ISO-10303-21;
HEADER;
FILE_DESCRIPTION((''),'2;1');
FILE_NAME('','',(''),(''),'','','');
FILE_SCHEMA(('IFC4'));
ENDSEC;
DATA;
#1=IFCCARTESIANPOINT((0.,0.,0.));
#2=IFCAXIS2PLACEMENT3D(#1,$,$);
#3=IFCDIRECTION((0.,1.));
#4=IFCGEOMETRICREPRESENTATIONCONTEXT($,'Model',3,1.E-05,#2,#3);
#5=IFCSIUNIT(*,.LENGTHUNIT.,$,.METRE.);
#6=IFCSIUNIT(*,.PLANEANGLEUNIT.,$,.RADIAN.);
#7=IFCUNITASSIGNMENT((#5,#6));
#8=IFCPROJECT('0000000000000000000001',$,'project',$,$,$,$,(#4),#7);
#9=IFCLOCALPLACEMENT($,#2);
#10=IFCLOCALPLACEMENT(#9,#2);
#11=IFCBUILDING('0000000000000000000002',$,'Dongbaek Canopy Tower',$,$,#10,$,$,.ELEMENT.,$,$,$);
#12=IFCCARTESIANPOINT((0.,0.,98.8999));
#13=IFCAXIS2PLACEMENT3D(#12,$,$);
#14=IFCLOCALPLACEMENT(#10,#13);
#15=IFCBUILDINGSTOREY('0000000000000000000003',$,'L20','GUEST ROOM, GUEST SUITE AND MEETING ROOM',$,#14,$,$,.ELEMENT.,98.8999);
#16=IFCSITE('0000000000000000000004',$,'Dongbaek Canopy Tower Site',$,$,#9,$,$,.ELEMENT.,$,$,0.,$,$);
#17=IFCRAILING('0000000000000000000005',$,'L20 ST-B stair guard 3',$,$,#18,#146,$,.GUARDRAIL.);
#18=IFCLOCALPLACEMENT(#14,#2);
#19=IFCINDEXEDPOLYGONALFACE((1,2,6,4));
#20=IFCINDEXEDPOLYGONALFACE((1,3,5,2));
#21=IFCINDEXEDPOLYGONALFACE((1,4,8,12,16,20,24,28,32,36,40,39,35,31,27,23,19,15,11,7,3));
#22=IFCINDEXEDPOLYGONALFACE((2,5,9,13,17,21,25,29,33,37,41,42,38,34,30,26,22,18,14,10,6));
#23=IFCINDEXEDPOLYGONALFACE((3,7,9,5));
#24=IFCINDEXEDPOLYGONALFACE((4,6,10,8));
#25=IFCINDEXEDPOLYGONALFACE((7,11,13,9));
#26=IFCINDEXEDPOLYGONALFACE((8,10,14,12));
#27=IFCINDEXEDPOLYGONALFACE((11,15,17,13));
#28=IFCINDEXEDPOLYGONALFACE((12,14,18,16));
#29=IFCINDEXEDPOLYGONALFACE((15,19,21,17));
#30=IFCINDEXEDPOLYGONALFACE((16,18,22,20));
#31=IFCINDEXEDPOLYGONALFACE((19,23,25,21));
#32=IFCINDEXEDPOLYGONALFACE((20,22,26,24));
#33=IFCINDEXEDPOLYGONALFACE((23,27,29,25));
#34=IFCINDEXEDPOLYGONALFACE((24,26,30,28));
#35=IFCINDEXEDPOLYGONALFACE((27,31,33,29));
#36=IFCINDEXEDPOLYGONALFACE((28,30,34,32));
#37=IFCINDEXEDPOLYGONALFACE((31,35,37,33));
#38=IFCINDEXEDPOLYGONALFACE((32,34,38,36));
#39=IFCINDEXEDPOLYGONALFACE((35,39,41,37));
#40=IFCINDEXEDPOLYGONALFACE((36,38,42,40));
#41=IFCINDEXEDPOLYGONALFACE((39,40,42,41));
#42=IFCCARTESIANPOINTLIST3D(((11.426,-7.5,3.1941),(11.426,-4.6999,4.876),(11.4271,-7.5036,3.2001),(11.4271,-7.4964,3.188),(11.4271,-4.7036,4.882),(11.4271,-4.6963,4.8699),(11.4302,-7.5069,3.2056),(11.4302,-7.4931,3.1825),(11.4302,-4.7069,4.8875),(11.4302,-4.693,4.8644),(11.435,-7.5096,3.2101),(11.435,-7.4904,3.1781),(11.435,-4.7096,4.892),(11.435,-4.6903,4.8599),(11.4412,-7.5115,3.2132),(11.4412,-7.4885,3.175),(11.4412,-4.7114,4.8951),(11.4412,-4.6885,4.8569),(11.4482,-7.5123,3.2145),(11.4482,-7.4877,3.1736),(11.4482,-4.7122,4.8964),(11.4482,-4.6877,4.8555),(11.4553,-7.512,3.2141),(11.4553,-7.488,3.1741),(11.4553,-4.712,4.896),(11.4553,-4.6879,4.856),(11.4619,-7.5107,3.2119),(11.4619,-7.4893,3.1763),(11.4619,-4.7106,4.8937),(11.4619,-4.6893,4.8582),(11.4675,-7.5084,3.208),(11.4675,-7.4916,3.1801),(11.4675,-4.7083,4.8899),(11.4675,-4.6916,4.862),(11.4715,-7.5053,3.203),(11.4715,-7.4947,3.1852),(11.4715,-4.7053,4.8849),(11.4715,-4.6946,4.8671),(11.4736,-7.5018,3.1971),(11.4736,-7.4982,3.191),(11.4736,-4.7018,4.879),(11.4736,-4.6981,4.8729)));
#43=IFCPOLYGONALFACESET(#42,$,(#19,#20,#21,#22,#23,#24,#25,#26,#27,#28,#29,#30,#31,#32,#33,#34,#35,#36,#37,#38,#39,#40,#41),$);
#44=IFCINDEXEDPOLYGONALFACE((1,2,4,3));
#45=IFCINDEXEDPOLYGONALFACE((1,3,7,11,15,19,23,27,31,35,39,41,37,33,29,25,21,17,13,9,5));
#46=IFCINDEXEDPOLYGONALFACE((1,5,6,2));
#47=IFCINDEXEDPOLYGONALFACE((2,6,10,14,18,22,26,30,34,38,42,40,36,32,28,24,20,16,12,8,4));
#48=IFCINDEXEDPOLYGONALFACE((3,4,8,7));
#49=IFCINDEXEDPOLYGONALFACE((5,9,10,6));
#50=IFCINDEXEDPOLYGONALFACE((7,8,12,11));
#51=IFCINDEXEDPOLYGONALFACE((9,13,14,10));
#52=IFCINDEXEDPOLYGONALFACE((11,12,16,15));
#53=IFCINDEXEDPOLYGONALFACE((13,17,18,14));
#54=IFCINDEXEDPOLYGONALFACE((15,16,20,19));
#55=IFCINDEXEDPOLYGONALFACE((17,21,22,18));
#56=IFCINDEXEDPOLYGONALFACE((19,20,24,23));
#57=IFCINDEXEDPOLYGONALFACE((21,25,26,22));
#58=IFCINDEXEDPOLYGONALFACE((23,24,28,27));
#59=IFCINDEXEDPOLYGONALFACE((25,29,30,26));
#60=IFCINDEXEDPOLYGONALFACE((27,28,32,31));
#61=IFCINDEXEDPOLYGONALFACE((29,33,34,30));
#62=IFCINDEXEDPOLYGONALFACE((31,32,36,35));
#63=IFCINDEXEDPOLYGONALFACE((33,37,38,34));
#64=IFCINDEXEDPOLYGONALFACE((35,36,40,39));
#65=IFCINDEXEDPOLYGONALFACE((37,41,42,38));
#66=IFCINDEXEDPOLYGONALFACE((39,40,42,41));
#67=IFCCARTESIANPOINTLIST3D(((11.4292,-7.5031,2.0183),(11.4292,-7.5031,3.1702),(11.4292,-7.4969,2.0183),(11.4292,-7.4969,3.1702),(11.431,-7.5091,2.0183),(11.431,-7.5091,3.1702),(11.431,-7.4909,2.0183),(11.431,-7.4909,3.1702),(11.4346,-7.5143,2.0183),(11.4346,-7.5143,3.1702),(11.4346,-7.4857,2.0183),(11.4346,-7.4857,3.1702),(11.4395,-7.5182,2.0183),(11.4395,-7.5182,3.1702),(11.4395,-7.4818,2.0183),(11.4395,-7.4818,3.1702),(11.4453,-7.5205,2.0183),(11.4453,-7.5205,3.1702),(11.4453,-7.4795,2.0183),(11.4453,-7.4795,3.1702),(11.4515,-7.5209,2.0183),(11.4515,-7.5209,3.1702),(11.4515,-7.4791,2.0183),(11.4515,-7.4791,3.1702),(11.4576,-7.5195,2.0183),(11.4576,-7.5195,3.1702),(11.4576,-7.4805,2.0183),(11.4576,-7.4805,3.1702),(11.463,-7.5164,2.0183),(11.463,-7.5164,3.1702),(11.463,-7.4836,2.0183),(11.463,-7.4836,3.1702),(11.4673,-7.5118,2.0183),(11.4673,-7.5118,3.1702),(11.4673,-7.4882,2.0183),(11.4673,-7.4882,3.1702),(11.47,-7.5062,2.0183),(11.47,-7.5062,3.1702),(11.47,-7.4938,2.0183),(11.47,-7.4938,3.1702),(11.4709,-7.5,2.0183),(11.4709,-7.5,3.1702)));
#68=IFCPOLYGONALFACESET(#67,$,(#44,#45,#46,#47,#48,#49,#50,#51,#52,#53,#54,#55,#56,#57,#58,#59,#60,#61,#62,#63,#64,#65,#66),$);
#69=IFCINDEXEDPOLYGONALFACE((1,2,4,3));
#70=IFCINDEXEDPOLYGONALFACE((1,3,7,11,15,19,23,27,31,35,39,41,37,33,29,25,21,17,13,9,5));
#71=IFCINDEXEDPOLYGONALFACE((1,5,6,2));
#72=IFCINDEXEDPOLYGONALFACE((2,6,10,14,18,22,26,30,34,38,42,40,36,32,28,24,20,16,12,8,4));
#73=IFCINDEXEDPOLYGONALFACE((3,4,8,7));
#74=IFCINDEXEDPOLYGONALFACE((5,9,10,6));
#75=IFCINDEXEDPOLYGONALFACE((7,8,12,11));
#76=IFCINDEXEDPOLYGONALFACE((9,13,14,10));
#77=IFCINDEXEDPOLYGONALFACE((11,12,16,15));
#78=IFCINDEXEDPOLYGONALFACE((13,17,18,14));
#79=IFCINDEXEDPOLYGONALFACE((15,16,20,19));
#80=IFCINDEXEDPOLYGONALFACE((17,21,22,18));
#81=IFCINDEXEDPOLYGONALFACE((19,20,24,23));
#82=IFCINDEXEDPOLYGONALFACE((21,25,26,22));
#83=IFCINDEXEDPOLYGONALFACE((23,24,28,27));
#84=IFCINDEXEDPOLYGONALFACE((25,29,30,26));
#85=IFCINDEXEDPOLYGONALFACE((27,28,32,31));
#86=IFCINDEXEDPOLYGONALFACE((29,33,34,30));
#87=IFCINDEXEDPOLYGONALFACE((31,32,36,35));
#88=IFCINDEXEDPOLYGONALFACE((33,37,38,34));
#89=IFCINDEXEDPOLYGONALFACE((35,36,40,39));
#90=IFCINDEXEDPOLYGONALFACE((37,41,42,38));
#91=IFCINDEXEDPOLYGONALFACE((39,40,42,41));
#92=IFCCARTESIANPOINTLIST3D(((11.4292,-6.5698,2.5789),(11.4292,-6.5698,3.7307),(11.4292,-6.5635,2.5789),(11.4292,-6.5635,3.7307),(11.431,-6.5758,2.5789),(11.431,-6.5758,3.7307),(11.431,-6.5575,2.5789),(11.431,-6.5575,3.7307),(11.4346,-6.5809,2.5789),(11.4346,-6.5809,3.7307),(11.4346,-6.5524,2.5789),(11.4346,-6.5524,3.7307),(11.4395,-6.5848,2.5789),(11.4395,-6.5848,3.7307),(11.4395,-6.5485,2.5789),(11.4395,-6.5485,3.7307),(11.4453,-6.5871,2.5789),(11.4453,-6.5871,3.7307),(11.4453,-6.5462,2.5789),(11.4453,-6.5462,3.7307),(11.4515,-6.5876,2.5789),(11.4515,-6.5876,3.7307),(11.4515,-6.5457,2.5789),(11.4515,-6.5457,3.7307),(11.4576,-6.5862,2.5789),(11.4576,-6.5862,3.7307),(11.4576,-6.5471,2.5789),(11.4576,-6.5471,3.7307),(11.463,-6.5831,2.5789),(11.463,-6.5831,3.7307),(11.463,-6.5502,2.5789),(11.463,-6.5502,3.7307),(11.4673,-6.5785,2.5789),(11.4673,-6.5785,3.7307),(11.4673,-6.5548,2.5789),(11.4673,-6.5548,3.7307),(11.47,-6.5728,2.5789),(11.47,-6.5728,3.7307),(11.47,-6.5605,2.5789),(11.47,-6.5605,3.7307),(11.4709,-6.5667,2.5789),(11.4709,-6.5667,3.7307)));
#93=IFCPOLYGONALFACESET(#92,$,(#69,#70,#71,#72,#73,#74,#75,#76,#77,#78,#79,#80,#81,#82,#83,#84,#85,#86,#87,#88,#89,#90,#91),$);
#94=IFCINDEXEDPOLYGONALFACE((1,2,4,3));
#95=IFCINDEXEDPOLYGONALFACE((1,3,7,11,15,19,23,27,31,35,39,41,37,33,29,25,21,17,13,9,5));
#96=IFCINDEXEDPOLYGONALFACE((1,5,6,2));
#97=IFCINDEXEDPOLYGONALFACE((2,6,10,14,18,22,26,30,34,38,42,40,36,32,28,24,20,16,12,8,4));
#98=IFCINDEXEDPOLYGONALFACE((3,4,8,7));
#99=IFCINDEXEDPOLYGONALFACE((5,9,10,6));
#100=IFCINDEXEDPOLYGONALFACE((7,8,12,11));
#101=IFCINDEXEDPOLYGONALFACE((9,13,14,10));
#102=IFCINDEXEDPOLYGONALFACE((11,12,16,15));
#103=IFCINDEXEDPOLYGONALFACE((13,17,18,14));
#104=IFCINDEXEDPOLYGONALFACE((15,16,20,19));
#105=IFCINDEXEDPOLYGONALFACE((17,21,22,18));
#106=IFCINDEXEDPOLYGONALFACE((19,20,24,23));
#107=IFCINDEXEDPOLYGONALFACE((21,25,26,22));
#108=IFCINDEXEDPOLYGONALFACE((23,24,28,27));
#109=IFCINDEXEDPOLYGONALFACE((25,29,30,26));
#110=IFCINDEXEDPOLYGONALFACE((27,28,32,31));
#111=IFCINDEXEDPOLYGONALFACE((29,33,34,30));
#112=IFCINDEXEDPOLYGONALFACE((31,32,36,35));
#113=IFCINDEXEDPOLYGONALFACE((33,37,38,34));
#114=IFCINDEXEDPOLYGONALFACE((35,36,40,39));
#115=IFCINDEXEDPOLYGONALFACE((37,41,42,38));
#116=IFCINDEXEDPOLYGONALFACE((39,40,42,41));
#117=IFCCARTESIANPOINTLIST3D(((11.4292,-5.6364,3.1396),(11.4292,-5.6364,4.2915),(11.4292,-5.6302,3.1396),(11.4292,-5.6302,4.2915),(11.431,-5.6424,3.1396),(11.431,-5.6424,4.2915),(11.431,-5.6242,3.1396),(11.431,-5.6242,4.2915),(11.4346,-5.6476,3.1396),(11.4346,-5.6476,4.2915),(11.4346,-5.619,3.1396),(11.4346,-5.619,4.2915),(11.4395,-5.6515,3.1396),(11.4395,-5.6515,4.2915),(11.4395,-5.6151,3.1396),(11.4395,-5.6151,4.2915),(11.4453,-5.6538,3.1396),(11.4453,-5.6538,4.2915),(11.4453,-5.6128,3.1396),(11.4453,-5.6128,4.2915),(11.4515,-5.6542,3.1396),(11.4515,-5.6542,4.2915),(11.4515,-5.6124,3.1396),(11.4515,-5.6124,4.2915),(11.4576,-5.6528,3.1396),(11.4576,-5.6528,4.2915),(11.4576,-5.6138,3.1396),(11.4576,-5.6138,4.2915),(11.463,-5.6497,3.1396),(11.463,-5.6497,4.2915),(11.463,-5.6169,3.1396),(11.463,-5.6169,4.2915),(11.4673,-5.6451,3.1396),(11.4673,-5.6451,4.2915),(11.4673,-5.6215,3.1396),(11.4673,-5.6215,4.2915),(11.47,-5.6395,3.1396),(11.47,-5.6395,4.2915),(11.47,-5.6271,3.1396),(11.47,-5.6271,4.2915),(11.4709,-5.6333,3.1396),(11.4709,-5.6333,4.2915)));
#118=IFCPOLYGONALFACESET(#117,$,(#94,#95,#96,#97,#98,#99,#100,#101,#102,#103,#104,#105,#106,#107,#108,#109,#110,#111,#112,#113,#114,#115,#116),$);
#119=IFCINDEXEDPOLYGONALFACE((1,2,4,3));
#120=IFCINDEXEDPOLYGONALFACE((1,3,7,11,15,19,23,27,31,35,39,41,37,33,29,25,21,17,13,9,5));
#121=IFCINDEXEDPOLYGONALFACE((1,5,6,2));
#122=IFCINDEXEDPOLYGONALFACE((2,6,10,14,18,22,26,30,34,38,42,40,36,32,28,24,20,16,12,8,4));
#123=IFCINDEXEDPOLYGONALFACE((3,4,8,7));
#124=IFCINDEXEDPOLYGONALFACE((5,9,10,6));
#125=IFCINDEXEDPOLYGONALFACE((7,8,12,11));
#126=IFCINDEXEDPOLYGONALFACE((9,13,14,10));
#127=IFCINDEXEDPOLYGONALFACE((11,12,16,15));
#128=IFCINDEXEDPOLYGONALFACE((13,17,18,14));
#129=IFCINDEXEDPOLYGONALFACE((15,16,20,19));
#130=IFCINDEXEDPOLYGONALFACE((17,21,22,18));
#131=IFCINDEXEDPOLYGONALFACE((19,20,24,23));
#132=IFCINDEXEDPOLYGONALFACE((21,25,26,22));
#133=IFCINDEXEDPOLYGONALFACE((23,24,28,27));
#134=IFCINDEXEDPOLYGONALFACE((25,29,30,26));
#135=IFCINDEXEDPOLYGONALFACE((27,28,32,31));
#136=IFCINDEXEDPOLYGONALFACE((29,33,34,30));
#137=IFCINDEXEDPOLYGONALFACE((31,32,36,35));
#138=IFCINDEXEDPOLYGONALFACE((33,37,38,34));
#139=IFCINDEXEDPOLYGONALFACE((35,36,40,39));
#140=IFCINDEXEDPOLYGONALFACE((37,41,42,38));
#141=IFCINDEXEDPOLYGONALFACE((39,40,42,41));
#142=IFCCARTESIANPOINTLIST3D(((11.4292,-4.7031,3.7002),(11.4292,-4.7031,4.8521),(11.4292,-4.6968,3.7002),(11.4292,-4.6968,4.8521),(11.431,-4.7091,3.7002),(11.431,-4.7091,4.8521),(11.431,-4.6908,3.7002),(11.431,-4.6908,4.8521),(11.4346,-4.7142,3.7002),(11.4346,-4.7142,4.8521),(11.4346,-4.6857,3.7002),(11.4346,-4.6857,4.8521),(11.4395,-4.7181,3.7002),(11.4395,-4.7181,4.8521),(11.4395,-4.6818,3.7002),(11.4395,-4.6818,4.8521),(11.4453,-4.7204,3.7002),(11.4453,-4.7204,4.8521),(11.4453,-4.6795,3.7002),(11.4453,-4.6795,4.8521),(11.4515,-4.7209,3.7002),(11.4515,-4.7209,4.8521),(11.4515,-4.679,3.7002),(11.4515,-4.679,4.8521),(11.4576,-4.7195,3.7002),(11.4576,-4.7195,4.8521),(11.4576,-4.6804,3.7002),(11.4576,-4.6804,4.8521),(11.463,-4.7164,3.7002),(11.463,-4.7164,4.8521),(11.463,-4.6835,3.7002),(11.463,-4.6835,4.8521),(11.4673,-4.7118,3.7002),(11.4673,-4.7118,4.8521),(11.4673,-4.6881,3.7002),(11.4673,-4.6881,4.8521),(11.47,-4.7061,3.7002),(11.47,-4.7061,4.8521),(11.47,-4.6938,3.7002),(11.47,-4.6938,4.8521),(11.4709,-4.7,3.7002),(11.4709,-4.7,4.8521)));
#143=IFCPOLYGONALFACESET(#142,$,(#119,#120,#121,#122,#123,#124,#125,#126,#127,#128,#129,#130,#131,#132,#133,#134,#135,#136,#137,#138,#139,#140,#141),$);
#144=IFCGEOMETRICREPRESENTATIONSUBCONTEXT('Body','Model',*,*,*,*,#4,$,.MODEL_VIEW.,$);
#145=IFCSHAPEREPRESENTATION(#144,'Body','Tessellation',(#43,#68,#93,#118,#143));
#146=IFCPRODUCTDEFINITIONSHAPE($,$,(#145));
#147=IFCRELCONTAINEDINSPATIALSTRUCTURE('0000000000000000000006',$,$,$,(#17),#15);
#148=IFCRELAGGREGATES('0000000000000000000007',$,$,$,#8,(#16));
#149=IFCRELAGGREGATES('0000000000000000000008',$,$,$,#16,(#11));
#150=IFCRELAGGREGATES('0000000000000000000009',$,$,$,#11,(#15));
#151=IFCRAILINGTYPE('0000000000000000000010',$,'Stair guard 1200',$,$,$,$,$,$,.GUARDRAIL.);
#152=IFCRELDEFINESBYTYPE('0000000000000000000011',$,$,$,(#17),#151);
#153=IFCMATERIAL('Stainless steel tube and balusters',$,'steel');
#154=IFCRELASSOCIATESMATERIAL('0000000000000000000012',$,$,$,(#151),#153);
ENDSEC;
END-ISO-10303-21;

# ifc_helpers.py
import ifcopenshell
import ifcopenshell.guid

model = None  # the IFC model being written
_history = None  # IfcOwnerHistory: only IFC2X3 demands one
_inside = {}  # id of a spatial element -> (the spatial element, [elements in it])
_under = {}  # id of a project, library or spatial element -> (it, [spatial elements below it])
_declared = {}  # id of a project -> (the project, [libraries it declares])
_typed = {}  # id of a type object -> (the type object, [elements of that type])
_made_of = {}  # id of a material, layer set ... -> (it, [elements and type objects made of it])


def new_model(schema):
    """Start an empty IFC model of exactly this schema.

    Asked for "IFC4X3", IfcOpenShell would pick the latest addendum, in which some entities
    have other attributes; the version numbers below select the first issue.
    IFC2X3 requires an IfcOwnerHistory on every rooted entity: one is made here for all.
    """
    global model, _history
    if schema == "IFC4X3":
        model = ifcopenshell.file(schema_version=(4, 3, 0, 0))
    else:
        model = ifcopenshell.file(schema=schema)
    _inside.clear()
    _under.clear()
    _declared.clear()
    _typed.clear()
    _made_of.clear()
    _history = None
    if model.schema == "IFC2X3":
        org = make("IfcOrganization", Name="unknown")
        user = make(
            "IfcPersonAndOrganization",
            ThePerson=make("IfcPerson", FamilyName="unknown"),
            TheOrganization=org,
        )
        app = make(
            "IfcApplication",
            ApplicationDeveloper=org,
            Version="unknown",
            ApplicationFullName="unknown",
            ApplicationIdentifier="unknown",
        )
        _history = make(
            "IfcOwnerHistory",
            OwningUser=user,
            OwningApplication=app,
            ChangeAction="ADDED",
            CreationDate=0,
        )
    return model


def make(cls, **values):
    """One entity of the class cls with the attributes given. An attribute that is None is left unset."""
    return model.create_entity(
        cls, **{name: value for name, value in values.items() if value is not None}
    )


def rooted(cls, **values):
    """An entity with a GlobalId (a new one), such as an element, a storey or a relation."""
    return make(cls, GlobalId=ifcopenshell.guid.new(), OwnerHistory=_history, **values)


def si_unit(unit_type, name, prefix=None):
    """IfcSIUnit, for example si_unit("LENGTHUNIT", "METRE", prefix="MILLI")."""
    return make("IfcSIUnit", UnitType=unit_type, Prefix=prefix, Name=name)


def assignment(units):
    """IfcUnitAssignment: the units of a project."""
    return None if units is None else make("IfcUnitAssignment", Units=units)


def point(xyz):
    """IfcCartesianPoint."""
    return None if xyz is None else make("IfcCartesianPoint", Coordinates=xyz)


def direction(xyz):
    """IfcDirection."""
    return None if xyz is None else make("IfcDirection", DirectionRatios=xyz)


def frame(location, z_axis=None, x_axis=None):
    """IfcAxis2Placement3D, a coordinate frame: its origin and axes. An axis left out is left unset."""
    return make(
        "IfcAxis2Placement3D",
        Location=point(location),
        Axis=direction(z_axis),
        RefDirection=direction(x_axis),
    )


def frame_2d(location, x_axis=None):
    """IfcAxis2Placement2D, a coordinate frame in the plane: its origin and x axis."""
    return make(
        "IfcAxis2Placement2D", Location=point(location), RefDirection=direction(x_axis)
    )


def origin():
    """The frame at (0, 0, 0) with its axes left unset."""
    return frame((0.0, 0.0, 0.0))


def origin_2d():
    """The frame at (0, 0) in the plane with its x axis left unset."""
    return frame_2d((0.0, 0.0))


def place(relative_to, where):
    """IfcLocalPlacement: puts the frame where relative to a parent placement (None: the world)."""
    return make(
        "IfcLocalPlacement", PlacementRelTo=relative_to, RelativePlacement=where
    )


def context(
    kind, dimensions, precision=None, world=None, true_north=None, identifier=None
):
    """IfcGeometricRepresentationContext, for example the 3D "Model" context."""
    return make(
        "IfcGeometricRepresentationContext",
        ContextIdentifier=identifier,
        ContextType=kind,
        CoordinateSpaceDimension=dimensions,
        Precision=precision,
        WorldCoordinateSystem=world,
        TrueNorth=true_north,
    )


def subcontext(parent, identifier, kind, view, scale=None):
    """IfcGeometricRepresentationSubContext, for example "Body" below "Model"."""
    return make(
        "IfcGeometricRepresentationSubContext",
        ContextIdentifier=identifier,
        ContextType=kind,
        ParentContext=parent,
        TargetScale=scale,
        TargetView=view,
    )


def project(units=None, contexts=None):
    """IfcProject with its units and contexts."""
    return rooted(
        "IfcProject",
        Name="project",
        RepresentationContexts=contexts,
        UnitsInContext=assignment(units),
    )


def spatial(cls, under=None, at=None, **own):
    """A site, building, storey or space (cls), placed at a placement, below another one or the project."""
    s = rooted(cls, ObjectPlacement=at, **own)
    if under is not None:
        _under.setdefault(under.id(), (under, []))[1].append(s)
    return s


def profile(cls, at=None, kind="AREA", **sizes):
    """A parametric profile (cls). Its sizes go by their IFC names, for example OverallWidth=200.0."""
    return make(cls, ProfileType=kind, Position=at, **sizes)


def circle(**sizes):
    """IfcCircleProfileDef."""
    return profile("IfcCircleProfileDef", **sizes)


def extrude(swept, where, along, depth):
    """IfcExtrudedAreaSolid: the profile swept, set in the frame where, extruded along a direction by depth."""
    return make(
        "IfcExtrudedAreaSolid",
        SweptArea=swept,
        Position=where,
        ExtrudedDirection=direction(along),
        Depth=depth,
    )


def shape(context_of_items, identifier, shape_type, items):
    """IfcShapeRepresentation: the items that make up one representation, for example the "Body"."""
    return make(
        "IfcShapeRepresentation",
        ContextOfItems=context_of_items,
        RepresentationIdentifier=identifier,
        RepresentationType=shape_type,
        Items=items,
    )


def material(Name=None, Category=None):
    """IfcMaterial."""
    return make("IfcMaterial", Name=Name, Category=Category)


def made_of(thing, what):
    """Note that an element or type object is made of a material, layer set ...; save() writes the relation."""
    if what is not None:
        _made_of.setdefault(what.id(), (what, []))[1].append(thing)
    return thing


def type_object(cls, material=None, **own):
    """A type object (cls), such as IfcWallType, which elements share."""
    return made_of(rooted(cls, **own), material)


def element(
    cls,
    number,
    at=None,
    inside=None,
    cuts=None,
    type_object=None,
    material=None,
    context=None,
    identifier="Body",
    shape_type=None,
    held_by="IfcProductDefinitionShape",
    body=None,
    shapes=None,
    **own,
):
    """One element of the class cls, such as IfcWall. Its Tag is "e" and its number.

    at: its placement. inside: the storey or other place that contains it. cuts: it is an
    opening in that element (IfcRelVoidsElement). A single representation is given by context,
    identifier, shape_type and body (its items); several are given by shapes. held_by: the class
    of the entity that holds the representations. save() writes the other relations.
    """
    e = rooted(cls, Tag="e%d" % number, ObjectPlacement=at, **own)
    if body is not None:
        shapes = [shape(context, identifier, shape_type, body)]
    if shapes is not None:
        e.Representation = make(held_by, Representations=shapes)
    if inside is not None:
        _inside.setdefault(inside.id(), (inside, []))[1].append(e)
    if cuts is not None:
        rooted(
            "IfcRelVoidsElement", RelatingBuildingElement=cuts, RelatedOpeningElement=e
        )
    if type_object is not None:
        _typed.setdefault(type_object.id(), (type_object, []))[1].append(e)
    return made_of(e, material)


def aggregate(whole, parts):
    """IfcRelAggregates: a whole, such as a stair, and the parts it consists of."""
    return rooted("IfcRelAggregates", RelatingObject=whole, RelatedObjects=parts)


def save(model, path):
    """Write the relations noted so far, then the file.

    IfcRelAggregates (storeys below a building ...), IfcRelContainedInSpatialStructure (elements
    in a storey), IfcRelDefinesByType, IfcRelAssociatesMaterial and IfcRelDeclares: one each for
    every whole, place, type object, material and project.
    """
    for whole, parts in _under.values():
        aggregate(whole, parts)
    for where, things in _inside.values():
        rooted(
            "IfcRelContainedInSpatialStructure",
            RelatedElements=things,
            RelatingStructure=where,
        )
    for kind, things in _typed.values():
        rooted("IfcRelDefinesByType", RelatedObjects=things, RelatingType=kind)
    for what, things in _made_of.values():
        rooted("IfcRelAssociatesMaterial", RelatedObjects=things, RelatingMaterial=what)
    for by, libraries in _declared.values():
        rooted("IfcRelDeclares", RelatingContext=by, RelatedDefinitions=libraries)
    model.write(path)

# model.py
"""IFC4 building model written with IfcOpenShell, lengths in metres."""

from ifc_helpers import new_model, si_unit, direction, frame, origin, origin_2d, place, context, subcontext, project, spatial, circle, extrude, material, type_object, element, save


model = new_model("IFC4")

# Units and contexts
model_context = context("Model", 3, precision=1e-05, world=origin(), true_north=direction((0.0, 1.0)))
body_context = subcontext(model_context, "Body", "Model", "MODEL_VIEW")
ifc_project = project(units=[si_unit("LENGTHUNIT", "METRE"), si_unit("PLANEANGLEUNIT", "RADIAN")], contexts=[model_context])

# Site, building, storey
site_placement = place(None, origin())
site = spatial("IfcSite", under=ifc_project, at=site_placement, Name="Dongbaek Canopy Tower Site", CompositionType="ELEMENT", RefElevation=0.0)
building_placement = place(site_placement, origin())
building = spatial("IfcBuilding", under=site, at=building_placement, Name="Dongbaek Canopy Tower", CompositionType="ELEMENT")
storey_placement = place(building_placement, frame((0.0, 0.0, 98.8999)))
storey = spatial("IfcBuildingStorey", under=building, at=storey_placement, Name="L20", Description="GUEST ROOM, GUEST SUITE AND MEETING ROOM", CompositionType="ELEMENT", Elevation=98.8999)

# Railing
ifc_material_1 = material(Name="Stainless steel tube and balusters", Category="steel")
railing_type_1 = type_object("IfcRailingType", Name="Stair guard 1200", PredefinedType="GUARDRAIL", material=ifc_material_1)
railing_1_placement = place(storey_placement, frame((11.45, -7.5, 2.0183)))
element("IfcRailing", 1, at=railing_1_placement, inside=storey, type_object=railing_type_1, Name="L20 ST-B stair guard 3", PredefinedType="GUARDRAIL", context=body_context, shape_type="SweptSolid", body=[
    extrude(circle(Radius=0.0239, at=origin_2d()), frame((0.0, 0.0, 1.1758), z_axis=(0.0, 0.857242, 0.514913), x_axis=(-1.0, 0.0, 0.0)), (0.0, 0.0, 1.0), 3.2664),
    extrude(circle(Radius=0.021, at=origin_2d()), origin(), (0.0, 0.0, 1.0), 1.1519),
    extrude(circle(Radius=0.021, at=origin_2d()), frame((0.0, 0.9333, 0.5605)), (0.0, 0.0, 1.0), 1.1519),
    extrude(circle(Radius=0.021, at=origin_2d()), frame((0.0, 1.8667, 1.1213)), (0.0, 0.0, 1.0), 1.1519),
    extrude(circle(Radius=0.021, at=origin_2d()), frame((0.0, 2.8, 1.6819)), (0.0, 0.0, 1.0), 1.1519),
])

save(model, "model.ifc")
